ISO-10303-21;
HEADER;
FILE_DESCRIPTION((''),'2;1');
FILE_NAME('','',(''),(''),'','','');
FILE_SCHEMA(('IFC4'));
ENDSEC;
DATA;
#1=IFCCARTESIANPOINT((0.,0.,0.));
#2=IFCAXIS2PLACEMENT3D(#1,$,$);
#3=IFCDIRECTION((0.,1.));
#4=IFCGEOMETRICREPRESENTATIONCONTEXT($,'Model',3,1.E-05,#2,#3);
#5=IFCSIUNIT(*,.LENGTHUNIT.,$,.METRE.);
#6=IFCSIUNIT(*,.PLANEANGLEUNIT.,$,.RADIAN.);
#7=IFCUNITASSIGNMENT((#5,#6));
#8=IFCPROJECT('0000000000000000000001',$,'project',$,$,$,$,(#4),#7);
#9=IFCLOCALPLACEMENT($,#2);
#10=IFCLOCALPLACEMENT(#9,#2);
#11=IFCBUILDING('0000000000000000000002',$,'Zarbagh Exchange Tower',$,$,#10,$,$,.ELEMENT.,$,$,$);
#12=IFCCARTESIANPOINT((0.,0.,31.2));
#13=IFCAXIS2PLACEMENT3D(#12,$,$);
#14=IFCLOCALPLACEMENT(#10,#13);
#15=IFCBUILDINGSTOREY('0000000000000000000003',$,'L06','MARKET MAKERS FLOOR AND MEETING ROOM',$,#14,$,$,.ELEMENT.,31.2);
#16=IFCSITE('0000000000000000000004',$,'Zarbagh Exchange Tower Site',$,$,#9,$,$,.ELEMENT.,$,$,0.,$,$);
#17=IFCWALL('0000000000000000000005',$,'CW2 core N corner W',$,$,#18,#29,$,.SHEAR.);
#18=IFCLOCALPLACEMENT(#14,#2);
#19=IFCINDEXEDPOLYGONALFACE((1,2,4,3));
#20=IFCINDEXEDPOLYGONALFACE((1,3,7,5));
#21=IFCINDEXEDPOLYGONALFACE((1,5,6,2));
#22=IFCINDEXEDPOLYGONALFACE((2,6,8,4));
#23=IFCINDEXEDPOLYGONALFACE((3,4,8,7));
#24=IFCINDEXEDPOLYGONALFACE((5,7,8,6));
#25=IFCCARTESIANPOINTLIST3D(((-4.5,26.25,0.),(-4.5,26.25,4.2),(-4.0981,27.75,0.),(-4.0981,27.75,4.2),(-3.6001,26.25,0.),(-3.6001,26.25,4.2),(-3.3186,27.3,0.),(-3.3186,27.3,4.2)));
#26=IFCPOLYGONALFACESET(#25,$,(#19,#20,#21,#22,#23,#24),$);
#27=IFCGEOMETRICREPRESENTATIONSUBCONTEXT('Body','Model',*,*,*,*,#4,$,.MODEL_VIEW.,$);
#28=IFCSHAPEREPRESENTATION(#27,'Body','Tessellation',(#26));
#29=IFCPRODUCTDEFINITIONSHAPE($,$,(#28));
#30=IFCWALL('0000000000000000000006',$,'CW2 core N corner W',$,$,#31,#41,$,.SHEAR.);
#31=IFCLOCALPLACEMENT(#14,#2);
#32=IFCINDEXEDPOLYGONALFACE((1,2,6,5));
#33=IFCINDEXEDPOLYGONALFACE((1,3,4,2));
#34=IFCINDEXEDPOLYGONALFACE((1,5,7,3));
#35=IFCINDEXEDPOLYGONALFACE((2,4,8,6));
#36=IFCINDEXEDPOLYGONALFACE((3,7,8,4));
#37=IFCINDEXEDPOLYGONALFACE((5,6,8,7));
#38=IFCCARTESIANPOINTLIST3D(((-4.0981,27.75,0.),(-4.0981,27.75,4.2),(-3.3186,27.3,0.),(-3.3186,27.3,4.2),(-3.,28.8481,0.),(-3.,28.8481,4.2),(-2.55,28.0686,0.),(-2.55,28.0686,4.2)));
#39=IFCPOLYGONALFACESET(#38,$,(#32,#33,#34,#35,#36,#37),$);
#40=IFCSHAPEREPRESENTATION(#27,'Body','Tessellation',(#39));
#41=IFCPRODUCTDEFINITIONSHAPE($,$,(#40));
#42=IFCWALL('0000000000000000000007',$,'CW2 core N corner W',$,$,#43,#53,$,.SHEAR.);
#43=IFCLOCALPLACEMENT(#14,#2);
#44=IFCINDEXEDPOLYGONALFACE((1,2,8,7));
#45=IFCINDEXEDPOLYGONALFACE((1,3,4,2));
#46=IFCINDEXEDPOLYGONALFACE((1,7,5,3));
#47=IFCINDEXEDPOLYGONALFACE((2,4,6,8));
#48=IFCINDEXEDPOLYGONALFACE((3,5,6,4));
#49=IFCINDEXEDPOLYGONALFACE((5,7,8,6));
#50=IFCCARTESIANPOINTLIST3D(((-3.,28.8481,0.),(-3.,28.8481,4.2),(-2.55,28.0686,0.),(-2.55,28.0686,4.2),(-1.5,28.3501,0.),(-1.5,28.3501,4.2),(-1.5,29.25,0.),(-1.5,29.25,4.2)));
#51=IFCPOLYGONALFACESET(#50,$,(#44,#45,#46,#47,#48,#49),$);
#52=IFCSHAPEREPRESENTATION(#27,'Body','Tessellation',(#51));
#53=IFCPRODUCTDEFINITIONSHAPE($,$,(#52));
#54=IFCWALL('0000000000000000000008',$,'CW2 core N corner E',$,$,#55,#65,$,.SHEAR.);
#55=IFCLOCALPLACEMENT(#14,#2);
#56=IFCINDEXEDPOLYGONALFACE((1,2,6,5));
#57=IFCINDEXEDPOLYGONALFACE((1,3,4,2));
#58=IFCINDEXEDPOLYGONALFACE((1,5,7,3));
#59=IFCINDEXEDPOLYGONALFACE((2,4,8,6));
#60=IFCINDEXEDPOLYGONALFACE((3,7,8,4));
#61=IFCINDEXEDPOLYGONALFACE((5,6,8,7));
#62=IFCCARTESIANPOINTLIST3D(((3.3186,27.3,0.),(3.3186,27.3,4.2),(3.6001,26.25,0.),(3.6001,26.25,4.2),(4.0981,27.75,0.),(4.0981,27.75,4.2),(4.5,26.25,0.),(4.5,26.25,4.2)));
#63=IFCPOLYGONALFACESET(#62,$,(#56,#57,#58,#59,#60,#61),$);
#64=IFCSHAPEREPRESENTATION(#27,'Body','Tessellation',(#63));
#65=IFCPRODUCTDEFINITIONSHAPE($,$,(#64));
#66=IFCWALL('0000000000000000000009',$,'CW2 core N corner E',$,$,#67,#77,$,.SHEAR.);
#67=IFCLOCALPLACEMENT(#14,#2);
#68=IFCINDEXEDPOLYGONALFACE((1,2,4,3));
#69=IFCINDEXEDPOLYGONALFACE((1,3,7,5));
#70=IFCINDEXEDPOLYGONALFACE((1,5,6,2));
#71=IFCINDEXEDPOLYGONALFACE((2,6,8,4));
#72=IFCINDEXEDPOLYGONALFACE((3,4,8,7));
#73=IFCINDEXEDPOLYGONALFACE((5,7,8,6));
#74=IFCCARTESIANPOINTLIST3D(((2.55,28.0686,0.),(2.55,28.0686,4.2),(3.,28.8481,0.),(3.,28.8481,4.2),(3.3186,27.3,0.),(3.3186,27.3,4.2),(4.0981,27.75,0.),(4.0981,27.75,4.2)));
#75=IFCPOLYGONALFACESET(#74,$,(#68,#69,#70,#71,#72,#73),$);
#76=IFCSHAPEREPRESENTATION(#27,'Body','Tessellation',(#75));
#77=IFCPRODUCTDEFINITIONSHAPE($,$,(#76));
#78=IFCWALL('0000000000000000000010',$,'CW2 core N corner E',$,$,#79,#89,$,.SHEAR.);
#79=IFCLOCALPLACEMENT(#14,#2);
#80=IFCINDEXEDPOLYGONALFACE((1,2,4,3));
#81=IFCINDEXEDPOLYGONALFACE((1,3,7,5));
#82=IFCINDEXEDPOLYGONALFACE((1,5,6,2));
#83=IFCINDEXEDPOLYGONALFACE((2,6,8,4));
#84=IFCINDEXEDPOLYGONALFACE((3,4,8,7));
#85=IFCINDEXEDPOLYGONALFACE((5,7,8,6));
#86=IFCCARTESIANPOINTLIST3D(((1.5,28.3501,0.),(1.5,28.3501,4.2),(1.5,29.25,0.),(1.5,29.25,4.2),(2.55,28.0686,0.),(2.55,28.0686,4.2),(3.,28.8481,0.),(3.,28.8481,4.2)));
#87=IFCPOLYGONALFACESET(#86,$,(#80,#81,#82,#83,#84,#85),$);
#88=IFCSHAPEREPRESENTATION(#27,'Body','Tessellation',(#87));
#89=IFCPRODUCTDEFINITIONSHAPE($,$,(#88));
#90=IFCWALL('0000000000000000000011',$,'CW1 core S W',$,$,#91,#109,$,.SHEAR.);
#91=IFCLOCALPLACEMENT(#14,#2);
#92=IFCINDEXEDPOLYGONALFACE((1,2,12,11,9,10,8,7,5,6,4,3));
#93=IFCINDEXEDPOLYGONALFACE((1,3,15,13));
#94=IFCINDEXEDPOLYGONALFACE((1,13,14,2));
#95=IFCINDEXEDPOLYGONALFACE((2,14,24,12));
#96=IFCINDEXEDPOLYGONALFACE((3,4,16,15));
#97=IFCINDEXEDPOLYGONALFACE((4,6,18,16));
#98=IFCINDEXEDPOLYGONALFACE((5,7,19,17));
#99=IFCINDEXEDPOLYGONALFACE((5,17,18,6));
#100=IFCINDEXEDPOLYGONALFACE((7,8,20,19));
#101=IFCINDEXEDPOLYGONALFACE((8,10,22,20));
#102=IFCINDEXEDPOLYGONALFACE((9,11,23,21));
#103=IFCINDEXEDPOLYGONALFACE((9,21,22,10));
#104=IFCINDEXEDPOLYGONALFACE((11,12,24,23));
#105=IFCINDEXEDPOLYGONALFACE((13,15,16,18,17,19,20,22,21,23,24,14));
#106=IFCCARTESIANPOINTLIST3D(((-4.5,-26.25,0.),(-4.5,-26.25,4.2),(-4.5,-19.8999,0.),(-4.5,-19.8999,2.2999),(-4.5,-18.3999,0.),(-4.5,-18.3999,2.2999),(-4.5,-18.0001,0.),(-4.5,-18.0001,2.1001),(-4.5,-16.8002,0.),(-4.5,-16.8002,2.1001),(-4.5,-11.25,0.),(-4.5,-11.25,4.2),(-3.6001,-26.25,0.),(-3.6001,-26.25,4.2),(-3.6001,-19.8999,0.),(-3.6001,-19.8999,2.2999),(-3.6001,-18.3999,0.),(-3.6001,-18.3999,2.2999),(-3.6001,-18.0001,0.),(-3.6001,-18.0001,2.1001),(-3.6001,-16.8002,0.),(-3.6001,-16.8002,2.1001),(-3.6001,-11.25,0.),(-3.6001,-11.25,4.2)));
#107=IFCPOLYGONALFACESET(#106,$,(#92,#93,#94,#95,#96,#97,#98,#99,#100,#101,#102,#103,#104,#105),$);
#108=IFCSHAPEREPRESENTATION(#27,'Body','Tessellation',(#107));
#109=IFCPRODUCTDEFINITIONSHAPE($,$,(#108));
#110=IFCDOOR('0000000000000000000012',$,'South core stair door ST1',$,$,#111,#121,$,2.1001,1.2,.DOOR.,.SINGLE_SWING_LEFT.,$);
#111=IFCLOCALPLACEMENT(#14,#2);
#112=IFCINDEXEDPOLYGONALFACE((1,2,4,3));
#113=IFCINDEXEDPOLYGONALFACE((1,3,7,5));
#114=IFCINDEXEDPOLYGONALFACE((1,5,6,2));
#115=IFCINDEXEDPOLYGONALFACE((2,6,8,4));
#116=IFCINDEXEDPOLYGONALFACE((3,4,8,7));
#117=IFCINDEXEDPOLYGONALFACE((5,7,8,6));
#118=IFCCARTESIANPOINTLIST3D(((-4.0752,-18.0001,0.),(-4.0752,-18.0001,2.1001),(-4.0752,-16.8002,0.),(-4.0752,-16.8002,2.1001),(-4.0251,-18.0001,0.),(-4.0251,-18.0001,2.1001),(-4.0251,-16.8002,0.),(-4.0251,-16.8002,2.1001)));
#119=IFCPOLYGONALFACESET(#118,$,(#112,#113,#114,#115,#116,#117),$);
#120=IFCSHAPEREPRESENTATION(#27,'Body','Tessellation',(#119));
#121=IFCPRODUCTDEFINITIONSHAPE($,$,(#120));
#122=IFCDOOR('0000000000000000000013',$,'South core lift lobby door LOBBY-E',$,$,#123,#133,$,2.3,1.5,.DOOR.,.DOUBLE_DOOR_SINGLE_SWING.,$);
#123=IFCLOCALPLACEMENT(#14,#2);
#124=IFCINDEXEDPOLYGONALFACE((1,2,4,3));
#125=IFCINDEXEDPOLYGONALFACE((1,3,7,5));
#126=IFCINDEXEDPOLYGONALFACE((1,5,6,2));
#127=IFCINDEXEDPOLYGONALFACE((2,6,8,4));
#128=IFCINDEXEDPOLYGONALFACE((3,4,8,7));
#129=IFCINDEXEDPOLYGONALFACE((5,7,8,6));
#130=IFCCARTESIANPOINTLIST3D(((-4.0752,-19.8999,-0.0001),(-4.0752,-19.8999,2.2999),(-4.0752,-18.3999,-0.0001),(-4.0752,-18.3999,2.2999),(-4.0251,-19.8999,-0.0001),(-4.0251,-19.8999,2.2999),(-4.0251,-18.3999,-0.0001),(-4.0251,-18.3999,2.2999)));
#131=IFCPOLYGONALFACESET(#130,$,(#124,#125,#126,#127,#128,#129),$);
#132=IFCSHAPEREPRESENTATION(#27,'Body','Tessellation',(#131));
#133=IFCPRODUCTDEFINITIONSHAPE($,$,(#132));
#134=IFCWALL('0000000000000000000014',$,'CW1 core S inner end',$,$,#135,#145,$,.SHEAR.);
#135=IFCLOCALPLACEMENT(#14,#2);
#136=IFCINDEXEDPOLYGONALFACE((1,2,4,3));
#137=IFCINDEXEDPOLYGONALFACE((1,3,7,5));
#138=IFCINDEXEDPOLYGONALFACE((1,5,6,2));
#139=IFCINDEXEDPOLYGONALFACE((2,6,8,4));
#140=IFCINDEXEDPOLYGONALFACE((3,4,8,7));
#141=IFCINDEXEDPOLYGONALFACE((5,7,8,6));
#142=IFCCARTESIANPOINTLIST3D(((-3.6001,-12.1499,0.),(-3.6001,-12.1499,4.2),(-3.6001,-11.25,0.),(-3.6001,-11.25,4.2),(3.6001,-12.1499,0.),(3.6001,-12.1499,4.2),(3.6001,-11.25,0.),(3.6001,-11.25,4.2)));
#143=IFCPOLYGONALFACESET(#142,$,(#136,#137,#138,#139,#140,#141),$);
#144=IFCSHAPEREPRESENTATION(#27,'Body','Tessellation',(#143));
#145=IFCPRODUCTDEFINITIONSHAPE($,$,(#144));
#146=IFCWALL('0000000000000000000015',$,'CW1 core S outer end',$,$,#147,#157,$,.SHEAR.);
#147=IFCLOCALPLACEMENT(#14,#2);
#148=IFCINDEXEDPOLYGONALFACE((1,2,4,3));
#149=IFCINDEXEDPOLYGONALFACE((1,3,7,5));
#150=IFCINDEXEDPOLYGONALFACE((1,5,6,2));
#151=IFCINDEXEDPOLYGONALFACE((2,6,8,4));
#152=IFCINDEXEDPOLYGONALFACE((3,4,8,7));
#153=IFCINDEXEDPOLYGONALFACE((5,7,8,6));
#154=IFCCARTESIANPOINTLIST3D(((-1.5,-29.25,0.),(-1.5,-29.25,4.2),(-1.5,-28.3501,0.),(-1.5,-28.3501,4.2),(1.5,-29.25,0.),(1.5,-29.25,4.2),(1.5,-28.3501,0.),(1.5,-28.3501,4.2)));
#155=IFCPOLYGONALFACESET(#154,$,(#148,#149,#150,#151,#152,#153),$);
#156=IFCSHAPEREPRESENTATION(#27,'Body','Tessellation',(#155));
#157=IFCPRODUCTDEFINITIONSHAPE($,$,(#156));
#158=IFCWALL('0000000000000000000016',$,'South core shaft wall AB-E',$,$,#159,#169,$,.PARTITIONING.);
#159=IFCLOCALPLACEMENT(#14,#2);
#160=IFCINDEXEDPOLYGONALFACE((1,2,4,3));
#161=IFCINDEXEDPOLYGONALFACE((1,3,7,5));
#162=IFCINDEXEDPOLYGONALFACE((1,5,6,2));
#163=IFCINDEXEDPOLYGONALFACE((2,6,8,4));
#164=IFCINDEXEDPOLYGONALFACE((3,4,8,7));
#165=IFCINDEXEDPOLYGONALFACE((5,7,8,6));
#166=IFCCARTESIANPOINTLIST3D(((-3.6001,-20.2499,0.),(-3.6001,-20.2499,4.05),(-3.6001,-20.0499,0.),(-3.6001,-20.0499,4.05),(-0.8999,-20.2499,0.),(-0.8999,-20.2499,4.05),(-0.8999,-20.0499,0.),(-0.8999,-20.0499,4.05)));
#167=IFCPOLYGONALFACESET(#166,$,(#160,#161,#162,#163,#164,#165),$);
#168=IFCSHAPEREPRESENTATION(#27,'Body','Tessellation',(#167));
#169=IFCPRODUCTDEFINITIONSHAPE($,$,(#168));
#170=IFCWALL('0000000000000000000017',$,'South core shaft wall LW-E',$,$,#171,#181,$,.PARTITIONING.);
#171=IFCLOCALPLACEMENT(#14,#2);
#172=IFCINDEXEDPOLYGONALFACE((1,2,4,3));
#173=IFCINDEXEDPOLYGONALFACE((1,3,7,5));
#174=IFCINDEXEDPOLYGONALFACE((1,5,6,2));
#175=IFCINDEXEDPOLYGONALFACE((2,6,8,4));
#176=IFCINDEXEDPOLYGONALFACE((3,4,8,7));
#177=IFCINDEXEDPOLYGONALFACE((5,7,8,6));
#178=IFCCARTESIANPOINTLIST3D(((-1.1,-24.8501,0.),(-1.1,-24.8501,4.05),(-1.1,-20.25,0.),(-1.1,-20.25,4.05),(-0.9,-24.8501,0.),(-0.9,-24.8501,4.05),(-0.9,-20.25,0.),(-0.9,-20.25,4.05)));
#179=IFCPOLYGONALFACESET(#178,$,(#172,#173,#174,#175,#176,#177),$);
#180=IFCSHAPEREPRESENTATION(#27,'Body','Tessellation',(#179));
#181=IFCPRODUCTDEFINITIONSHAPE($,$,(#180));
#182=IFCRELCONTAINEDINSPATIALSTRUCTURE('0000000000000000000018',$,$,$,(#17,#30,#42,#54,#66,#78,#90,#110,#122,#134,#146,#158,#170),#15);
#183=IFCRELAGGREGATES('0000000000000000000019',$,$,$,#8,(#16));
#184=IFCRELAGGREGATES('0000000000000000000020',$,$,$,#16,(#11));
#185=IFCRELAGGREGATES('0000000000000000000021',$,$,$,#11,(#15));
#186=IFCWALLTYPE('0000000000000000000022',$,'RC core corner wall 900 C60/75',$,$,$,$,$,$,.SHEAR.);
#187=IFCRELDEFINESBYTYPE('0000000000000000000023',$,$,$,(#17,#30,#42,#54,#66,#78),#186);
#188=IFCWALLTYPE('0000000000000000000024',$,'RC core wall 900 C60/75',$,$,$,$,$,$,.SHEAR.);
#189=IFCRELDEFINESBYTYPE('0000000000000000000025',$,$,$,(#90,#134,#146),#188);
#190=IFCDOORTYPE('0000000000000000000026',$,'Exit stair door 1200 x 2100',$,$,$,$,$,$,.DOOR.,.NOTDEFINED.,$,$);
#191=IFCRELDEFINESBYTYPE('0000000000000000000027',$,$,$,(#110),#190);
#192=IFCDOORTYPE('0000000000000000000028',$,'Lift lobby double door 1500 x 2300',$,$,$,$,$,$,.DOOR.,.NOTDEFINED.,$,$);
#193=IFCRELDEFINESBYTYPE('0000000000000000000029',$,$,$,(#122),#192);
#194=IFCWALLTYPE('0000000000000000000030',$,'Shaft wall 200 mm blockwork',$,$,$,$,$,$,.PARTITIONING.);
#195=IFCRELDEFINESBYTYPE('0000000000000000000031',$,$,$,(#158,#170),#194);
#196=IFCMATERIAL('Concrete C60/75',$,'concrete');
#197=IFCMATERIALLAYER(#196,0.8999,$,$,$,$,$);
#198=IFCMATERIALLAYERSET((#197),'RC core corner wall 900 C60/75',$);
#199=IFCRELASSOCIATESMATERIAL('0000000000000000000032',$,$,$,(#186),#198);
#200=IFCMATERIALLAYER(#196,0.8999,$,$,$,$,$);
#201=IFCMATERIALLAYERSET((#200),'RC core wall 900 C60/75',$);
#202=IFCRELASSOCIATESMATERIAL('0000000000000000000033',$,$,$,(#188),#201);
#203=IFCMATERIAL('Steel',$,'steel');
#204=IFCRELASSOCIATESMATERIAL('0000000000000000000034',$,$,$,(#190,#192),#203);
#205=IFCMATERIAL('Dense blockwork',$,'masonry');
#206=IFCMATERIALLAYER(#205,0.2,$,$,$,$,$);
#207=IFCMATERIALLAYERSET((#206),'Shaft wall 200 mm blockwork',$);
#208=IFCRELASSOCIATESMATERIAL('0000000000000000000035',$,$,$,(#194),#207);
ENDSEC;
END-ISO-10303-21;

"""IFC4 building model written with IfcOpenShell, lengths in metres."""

from ifc_helpers import new_model, si_unit, direction, frame, frame_2d, origin, place, context, subcontext, project, spatial, polyline, rectangle, outline, extrude, material, layer, layer_set, type_object, element, fill, save


model = new_model("IFC4")

# Units and contexts
model_context = context("Model", 3, precision=1e-05, world=origin(), true_north=direction((0.0, 1.0)))
body_context = subcontext(model_context, "Body", "Model", "MODEL_VIEW")
ifc_project = project(units=[si_unit("LENGTHUNIT", "METRE"), si_unit("PLANEANGLEUNIT", "RADIAN")], contexts=[model_context])

# Site, building, storey
site_placement = place(None, origin())
site = spatial("IfcSite", under=ifc_project, at=site_placement, Name="Zarbagh Exchange Tower Site", CompositionType="ELEMENT", RefElevation=0.0)
building_placement = place(site_placement, origin())
building = spatial("IfcBuilding", under=site, at=building_placement, Name="Zarbagh Exchange Tower", CompositionType="ELEMENT")
storey_placement = place(building_placement, frame((0.0, 0.0, 31.2)))
storey = spatial("IfcBuildingStorey", under=building, at=storey_placement, Name="L06", Description="MARKET MAKERS FLOOR AND MEETING ROOM", CompositionType="ELEMENT", Elevation=31.2)

# Shared definitions
ifc_material_1 = material(Name="Concrete C60/75", Category="concrete")

# Walls
ifc_layer_1 = layer(ifc_material_1, 0.8999)
ifc_layer_set_1 = layer_set([ifc_layer_1], Name="RC core corner wall 900 C60/75")
wall_type_1 = type_object("IfcWallType", Name="RC core corner wall 900 C60/75", PredefinedType="SHEAR", material=ifc_layer_set_1)
wall_1_placement = place(storey_placement, origin())
element("IfcWall", 1, at=wall_1_placement, inside=storey, type_object=wall_type_1, Name="CW2 core N corner W", PredefinedType="SHEAR", context=body_context, shape_type="SweptSolid", body=[
    extrude(outline(polyline([(-4.5, 26.25), (-4.0981, 27.75), (-3.3186, 27.3), (-3.6001, 26.25), (-4.5, 26.25)])), origin(), (0.0, 0.0, 1.0), 4.2),
])
wall_2_placement = place(storey_placement, origin())
element("IfcWall", 2, at=wall_2_placement, inside=storey, type_object=wall_type_1, Name="CW2 core N corner W", PredefinedType="SHEAR", context=body_context, shape_type="SweptSolid", body=[
    extrude(outline(polyline([(-4.0981, 27.75), (-3.0, 28.8481), (-2.55, 28.0686), (-3.3186, 27.3), (-4.0981, 27.75)])), origin(), (0.0, 0.0, 1.0), 4.2),
])
wall_3_placement = place(storey_placement, origin())
element("IfcWall", 3, at=wall_3_placement, inside=storey, type_object=wall_type_1, Name="CW2 core N corner W", PredefinedType="SHEAR", context=body_context, shape_type="SweptSolid", body=[
    extrude(outline(polyline([(-3.0, 28.8481), (-1.5, 29.25), (-1.5, 28.3501), (-2.55, 28.0686), (-3.0, 28.8481)])), origin(), (0.0, 0.0, 1.0), 4.2),
])
wall_4_placement = place(storey_placement, origin())
element("IfcWall", 4, at=wall_4_placement, inside=storey, type_object=wall_type_1, Name="CW2 core N corner E", PredefinedType="SHEAR", context=body_context, shape_type="SweptSolid", body=[
    extrude(outline(polyline([(4.5, 26.25), (4.0981, 27.75), (3.3186, 27.3), (3.6001, 26.25), (4.5, 26.25)])), origin(), (0.0, 0.0, 1.0), 4.2),
])
wall_5_placement = place(storey_placement, origin())
element("IfcWall", 5, at=wall_5_placement, inside=storey, type_object=wall_type_1, Name="CW2 core N corner E", PredefinedType="SHEAR", context=body_context, shape_type="SweptSolid", body=[
    extrude(outline(polyline([(4.0981, 27.75), (3.0, 28.8481), (2.55, 28.0686), (3.3186, 27.3), (4.0981, 27.75)])), origin(), (0.0, 0.0, 1.0), 4.2),
])
wall_6_placement = place(storey_placement, origin())
element("IfcWall", 6, at=wall_6_placement, inside=storey, type_object=wall_type_1, Name="CW2 core N corner E", PredefinedType="SHEAR", context=body_context, shape_type="SweptSolid", body=[
    extrude(outline(polyline([(3.0, 28.8481), (1.5, 29.25), (1.5, 28.3501), (2.55, 28.0686), (3.0, 28.8481)])), origin(), (0.0, 0.0, 1.0), 4.2),
])

# Wall, openings, doors
ifc_layer_2 = layer(ifc_material_1, 0.8999)
ifc_layer_set_2 = layer_set([ifc_layer_2], Name="RC core wall 900 C60/75")
wall_type_2 = type_object("IfcWallType", Name="RC core wall 900 C60/75", PredefinedType="SHEAR", material=ifc_layer_set_2)
wall_7_placement = place(storey_placement, frame((-4.05, -11.25, 0.0), z_axis=(0.0, 0.0, 1.0), x_axis=(0.0, -1.0, 0.0)))
wall_7 = element("IfcWall", 7, at=wall_7_placement, inside=storey, type_object=wall_type_2, Name="CW1 core S W", PredefinedType="SHEAR", context=body_context, shape_type="SweptSolid", body=[
    extrude(rectangle(XDim=15.0, YDim=0.8999, at=frame_2d((7.5, 0.0))), origin(), (0.0, 0.0, 1.0), 4.2),
])
opening_1_placement = place(wall_7_placement, frame((7.1499, 0.0, 0.0)))
opening_1 = element("IfcOpeningElement", 8, at=opening_1_placement, cuts=wall_7, PredefinedType="OPENING", context=body_context, shape_type="SweptSolid", body=[
    extrude(rectangle(XDim=1.5, YDim=2.3, at=frame_2d((0.75, 1.1499))), frame((0.0, 0.46, 0.0), z_axis=(0.0, -1.0, 0.0), x_axis=(1.0, 0.0, 0.0)), (0.0, 0.0, 1.0), 0.9199),
])
opening_2_placement = place(wall_7_placement, frame((5.55, 0.0, 0.0)))
opening_2 = element("IfcOpeningElement", 9, at=opening_2_placement, cuts=wall_7, PredefinedType="OPENING", context=body_context, shape_type="SweptSolid", body=[
    extrude(rectangle(XDim=1.2, YDim=2.1001, at=frame_2d((0.6001, 1.05))), frame((0.0, 0.46, 0.0), z_axis=(0.0, -1.0, 0.0), x_axis=(1.0, 0.0, 0.0)), (0.0, 0.0, 1.0), 0.9199),
])
ifc_material_2 = material(Name="Steel", Category="steel")
door_type_1 = type_object("IfcDoorType", Name="Exit stair door 1200 x 2100", OperationType="NOTDEFINED", PredefinedType="DOOR", material=ifc_material_2)
door_1_placement = place(opening_2_placement, origin())
door_1 = element("IfcDoor", 10, at=door_1_placement, inside=storey, type_object=door_type_1, Name="South core stair door ST1", OperationType="SINGLE_SWING_LEFT", OverallHeight=2.1001, OverallWidth=1.2, PredefinedType="DOOR", context=body_context, shape_type="SweptSolid", body=[
    extrude(rectangle(XDim=1.2, YDim=2.1001, at=frame_2d((0.6001, 1.05))), frame((0.0, 0.0249, 0.0), z_axis=(0.0, -1.0, 0.0), x_axis=(1.0, 0.0, 0.0)), (0.0, 0.0, 1.0), 0.05),
])
fill(opening_2, door_1)
door_type_2 = type_object("IfcDoorType", Name="Lift lobby double door 1500 x 2300", OperationType="NOTDEFINED", PredefinedType="DOOR", material=ifc_material_2)
door_2_placement = place(opening_1_placement, origin())
door_2 = element("IfcDoor", 11, at=door_2_placement, inside=storey, type_object=door_type_2, Name="South core lift lobby door LOBBY-E", OperationType="DOUBLE_DOOR_SINGLE_SWING", OverallHeight=2.3, OverallWidth=1.5, PredefinedType="DOOR", context=body_context, shape_type="SweptSolid", body=[
    extrude(rectangle(XDim=1.5, YDim=2.3, at=frame_2d((0.75, 1.1499))), frame((0.0, 0.0249, 0.0), z_axis=(0.0, -1.0, 0.0), x_axis=(1.0, 0.0, 0.0)), (0.0, 0.0, 1.0), 0.05),
])
fill(opening_1, door_2)

# Walls
wall_8_placement = place(storey_placement, frame((-3.6001, -11.7, 0.0), z_axis=(0.0, 0.0, 1.0), x_axis=(1.0, 0.0, 0.0)))
element("IfcWall", 12, at=wall_8_placement, inside=storey, type_object=wall_type_2, Name="CW1 core S inner end", PredefinedType="SHEAR", context=body_context, shape_type="SweptSolid", body=[
    extrude(rectangle(XDim=7.2002, YDim=0.8999, at=frame_2d((3.6001, 0.0))), origin(), (0.0, 0.0, 1.0), 4.2),
])
wall_9_placement = place(storey_placement, frame((-1.5, -28.8, 0.0), z_axis=(0.0, 0.0, 1.0), x_axis=(1.0, 0.0, 0.0)))
element("IfcWall", 13, at=wall_9_placement, inside=storey, type_object=wall_type_2, Name="CW1 core S outer end", PredefinedType="SHEAR", context=body_context, shape_type="SweptSolid", body=[
    extrude(rectangle(XDim=3.0, YDim=0.8999, at=frame_2d((1.5, 0.0))), origin(), (0.0, 0.0, 1.0), 4.2),
])
ifc_material_3 = material(Name="Dense blockwork", Category="masonry")
ifc_layer_3 = layer(ifc_material_3, 0.2)
ifc_layer_set_3 = layer_set([ifc_layer_3], Name="Shaft wall 200 mm blockwork")
wall_type_3 = type_object("IfcWallType", Name="Shaft wall 200 mm blockwork", PredefinedType="PARTITIONING", material=ifc_layer_set_3)
wall_10_placement = place(storey_placement, frame((-0.8999, -20.1499, 0.0), z_axis=(0.0, 0.0, 1.0), x_axis=(-1.0, 0.0, 0.0)))
element("IfcWall", 14, at=wall_10_placement, inside=storey, type_object=wall_type_3, Name="South core shaft wall AB-E", PredefinedType="PARTITIONING", context=body_context, shape_type="SweptSolid", body=[
    extrude(rectangle(XDim=2.7002, YDim=0.2, at=frame_2d((1.3501, 0.0))), origin(), (0.0, 0.0, 1.0), 4.05),
])
wall_11_placement = place(storey_placement, frame((-1.0, -24.8501, 0.0), z_axis=(0.0, 0.0, 1.0), x_axis=(0.0, 1.0, 0.0)))
element("IfcWall", 15, at=wall_11_placement, inside=storey, type_object=wall_type_3, Name="South core shaft wall LW-E", PredefinedType="PARTITIONING", context=body_context, shape_type="SweptSolid", body=[
    extrude(rectangle(XDim=4.6001, YDim=0.2, at=frame_2d((2.3, 0.0))), origin(), (0.0, 0.0, 1.0), 4.05),
])

save(model, "model.ifc")
